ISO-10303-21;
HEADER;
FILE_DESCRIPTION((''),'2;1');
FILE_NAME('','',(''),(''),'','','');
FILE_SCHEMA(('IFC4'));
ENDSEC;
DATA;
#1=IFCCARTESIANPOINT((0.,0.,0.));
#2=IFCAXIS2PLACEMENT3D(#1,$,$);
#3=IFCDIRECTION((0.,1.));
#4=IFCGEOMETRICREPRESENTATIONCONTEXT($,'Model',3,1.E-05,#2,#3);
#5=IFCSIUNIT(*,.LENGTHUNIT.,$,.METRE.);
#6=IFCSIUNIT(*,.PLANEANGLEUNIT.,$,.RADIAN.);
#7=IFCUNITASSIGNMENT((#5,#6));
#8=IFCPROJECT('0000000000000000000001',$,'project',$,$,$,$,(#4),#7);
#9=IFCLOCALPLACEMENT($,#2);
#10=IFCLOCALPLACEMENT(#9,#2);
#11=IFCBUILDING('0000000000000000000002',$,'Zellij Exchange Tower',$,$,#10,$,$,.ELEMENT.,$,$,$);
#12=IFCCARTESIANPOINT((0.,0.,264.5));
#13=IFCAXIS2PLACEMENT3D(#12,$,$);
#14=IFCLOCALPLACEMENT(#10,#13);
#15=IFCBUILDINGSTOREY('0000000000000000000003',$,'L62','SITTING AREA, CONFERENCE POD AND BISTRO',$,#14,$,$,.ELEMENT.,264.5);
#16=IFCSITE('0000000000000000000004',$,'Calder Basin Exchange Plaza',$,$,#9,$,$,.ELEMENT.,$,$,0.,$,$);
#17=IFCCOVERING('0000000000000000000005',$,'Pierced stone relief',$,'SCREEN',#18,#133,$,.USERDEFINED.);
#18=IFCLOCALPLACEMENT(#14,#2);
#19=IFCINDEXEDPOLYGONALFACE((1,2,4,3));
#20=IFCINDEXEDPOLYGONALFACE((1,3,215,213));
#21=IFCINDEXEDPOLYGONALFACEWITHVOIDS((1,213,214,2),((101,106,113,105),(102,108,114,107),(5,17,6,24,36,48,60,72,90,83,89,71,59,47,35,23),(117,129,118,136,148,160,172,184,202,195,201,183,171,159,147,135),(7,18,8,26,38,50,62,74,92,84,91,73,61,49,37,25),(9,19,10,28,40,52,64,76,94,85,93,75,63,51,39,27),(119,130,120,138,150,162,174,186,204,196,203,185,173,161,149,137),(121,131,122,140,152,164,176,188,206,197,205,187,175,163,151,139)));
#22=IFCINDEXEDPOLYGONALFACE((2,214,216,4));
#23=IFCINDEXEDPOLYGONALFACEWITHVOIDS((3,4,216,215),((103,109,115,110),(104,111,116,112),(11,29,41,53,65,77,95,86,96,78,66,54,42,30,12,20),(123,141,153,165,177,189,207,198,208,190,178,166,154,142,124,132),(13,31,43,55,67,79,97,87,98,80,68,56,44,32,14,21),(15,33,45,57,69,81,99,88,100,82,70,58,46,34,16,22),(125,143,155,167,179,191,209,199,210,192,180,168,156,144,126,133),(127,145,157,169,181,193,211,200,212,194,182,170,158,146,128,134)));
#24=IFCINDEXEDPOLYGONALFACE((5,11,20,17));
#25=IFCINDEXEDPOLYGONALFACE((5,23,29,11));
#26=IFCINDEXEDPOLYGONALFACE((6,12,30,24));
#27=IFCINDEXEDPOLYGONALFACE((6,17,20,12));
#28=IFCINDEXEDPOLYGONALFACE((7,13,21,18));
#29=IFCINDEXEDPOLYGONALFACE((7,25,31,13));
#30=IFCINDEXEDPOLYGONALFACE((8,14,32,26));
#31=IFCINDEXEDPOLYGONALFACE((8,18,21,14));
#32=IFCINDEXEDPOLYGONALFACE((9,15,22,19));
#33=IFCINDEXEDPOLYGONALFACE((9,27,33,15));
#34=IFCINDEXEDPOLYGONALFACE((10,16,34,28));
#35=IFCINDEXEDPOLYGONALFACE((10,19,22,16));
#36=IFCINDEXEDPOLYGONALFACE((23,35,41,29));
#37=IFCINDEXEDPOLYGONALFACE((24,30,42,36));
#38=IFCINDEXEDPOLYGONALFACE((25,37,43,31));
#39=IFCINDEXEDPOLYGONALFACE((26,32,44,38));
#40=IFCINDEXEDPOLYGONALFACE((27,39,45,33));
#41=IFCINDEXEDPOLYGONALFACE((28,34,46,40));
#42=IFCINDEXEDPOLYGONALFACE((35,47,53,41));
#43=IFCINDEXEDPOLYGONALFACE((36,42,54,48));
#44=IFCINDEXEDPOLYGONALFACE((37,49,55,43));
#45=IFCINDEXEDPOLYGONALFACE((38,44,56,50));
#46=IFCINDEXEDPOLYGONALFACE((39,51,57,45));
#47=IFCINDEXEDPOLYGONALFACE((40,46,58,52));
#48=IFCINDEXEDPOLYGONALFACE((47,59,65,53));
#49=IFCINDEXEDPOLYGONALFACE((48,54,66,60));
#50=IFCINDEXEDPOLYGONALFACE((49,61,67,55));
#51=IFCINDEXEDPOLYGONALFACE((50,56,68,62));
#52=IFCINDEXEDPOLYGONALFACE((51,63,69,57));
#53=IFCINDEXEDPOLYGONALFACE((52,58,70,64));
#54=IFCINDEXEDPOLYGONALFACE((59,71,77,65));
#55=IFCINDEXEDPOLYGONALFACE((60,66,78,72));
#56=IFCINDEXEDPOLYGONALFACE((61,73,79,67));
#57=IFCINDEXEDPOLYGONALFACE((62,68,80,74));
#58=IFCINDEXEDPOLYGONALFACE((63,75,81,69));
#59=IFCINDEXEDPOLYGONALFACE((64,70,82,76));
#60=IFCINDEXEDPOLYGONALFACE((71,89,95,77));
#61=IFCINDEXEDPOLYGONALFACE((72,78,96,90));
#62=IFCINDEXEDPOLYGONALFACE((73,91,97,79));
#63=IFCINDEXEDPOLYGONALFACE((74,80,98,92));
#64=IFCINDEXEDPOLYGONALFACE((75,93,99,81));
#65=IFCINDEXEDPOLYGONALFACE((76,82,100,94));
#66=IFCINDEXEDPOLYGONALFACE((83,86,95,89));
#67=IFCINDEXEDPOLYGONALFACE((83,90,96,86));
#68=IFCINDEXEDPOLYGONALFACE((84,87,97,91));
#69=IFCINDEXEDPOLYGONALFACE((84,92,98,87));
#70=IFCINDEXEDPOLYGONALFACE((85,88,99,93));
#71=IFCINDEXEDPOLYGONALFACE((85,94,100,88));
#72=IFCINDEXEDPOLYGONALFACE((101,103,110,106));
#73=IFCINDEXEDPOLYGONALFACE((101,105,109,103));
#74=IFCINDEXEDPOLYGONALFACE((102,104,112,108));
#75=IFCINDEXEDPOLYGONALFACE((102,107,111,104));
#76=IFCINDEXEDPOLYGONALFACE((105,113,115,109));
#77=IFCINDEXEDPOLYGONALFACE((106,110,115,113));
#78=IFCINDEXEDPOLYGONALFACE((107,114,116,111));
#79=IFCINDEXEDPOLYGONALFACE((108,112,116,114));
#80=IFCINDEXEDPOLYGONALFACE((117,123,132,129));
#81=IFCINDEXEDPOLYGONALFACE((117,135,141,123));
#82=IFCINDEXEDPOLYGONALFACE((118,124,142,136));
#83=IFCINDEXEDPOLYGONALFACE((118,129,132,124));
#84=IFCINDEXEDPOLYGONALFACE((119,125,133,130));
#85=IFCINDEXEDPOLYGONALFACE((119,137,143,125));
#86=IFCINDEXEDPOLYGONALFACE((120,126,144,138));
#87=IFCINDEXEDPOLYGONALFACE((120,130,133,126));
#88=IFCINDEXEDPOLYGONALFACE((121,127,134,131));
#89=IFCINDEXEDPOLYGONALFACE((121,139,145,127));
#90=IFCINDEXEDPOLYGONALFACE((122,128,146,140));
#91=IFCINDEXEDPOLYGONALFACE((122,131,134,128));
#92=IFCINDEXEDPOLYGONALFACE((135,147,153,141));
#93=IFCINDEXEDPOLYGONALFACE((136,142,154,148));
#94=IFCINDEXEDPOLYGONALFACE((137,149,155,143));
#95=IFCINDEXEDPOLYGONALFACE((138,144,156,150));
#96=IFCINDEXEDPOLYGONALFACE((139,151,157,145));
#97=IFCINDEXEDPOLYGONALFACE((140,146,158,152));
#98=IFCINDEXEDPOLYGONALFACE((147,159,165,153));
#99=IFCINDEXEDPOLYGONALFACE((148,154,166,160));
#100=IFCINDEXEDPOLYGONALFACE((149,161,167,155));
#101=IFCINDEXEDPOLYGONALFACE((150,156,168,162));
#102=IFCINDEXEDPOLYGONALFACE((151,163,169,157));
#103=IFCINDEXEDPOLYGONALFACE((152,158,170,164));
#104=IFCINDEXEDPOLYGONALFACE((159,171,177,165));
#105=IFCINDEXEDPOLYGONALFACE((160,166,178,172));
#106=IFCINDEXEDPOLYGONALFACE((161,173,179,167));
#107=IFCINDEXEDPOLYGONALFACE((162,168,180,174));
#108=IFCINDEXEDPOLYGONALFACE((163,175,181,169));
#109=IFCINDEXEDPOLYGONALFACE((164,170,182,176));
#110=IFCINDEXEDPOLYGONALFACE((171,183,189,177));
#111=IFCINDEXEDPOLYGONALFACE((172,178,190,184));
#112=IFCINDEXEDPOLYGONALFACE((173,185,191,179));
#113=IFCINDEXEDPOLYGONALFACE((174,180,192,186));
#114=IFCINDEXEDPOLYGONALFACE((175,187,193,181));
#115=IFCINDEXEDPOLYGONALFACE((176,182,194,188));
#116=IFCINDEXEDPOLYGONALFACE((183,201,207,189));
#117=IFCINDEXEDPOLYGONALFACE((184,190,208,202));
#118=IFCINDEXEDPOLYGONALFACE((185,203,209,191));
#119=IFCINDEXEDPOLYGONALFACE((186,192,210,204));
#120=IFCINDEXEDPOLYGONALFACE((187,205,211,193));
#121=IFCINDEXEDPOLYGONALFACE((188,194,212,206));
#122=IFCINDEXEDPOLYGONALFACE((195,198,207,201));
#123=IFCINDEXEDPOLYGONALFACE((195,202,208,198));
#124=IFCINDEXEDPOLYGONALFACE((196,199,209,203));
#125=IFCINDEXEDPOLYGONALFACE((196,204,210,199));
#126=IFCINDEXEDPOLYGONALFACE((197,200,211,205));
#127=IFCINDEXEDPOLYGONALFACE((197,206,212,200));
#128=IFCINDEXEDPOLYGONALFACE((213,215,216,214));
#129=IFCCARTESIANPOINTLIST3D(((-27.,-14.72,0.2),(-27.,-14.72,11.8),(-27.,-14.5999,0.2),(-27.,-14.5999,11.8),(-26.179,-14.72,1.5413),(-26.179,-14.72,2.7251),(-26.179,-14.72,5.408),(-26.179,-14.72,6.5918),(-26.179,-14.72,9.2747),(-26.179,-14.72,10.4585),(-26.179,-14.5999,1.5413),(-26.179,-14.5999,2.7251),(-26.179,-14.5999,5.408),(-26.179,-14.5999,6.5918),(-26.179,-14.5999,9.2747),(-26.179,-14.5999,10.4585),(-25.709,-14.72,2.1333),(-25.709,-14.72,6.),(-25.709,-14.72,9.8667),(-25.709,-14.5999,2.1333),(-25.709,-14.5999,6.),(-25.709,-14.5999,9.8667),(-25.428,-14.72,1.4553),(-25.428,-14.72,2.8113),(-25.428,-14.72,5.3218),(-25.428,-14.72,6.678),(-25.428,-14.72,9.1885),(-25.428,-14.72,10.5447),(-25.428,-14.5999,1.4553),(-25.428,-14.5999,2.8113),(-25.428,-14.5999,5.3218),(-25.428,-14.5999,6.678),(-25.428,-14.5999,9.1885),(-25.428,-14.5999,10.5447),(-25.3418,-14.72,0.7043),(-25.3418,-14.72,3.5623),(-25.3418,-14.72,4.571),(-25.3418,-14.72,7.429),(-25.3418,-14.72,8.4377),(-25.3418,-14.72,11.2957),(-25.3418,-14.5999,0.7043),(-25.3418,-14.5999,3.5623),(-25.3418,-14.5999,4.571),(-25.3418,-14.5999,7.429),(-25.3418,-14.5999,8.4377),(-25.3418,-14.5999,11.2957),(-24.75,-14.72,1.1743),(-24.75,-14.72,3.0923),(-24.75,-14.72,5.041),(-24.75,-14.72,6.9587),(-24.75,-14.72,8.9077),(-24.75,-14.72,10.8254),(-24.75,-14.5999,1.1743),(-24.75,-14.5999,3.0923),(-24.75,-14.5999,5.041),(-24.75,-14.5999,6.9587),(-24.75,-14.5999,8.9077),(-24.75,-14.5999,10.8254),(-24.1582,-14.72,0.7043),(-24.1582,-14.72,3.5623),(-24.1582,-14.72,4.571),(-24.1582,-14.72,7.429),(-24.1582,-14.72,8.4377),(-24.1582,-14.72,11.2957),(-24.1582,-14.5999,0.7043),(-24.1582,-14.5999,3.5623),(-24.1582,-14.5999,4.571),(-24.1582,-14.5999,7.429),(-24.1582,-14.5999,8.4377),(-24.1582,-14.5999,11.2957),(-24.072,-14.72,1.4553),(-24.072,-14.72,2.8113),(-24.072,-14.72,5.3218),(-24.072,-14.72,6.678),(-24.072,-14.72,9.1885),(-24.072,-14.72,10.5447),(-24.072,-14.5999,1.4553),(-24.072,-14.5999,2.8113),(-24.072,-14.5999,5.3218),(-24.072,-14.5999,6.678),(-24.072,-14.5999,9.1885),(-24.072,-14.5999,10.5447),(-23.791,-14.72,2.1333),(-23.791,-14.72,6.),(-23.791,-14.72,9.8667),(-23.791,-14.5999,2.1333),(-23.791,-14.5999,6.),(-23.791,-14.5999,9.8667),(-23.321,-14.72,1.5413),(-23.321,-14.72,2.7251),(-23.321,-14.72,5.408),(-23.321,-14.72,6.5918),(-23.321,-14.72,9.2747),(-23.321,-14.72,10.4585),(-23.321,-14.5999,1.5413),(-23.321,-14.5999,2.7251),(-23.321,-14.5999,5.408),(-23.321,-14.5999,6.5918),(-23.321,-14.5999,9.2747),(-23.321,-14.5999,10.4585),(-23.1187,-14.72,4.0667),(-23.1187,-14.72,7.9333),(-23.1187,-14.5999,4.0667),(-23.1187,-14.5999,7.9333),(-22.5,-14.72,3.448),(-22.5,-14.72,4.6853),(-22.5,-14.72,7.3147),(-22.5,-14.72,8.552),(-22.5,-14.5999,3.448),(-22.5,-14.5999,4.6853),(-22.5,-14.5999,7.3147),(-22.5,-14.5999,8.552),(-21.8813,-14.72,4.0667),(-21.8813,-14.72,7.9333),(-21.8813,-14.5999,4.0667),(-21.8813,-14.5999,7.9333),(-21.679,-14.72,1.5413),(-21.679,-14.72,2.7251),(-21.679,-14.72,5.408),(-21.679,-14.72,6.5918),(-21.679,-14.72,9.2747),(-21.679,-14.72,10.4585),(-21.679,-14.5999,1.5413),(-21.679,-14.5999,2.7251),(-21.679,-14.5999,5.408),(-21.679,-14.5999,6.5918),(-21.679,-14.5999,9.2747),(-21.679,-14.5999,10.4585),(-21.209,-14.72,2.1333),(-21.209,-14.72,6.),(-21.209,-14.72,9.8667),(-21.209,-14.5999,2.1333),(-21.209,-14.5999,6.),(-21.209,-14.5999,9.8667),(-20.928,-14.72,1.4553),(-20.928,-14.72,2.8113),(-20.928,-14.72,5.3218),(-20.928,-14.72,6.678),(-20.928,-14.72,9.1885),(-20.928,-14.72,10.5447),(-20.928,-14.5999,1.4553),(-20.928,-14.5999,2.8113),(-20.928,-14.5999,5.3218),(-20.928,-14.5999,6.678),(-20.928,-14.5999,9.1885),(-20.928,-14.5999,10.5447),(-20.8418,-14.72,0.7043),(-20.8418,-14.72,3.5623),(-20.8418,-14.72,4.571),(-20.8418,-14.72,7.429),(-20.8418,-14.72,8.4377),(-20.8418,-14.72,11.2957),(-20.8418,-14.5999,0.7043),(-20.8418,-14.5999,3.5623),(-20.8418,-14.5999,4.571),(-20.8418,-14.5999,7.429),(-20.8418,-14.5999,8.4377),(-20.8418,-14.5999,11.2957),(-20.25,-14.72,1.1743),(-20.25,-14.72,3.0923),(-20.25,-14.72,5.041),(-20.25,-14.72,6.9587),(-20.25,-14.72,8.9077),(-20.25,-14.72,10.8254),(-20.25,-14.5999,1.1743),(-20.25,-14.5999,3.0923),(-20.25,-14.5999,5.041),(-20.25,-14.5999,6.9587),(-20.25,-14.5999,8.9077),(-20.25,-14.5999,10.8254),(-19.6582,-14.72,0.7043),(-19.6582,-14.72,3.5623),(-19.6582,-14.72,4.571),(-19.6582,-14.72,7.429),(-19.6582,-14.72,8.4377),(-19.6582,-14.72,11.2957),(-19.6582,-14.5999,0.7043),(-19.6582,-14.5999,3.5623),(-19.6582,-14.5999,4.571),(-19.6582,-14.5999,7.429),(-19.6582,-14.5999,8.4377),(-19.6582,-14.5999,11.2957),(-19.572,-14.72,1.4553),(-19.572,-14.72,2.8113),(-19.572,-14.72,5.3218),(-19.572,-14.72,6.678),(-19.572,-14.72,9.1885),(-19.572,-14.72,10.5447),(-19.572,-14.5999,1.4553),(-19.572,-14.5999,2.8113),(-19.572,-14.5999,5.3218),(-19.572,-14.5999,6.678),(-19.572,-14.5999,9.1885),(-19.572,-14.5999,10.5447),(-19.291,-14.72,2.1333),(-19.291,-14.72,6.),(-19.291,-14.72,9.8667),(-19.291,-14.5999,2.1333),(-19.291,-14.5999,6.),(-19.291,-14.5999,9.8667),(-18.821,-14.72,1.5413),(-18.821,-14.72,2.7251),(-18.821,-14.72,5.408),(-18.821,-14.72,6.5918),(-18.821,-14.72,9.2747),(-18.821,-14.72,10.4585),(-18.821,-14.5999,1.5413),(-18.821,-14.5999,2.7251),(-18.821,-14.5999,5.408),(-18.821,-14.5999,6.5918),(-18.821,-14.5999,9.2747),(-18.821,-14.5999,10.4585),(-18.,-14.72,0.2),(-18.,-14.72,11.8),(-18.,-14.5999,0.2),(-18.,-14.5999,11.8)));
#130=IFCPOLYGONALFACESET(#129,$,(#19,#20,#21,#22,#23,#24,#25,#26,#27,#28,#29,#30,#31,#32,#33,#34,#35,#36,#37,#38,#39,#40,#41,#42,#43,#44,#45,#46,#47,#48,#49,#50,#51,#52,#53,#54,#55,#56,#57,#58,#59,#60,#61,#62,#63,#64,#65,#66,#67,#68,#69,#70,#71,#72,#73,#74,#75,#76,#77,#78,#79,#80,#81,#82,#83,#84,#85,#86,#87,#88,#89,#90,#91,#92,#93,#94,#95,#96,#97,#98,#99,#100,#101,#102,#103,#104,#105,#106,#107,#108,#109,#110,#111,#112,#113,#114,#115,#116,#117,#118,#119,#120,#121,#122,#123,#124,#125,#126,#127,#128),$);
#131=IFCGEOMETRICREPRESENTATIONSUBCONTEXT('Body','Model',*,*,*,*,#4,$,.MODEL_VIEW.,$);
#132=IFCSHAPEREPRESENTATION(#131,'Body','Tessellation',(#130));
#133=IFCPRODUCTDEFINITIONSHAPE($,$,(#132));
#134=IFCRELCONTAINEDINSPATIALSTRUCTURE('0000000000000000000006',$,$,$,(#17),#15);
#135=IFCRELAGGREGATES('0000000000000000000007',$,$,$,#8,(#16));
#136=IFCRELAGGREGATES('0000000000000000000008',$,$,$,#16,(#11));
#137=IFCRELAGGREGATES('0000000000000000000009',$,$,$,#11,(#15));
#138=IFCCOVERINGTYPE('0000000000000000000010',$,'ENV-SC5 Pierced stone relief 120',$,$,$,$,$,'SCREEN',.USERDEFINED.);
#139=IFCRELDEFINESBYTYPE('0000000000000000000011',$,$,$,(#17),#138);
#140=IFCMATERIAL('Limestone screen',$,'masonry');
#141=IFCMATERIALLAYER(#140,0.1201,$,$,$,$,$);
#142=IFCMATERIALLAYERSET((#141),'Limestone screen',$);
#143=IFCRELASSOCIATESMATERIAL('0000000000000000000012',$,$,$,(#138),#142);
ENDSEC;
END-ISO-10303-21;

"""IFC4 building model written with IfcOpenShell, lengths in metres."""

from ifc_helpers import new_model, si_unit, direction, frame, origin, place, context, subcontext, project, spatial, polyline, outline, extrude, material, layer, layer_set, type_object, element, save


model = new_model("IFC4")

# Units and contexts
model_context = context("Model", 3, precision=1e-05, world=origin(), true_north=direction((0.0, 1.0)))
body_context = subcontext(model_context, "Body", "Model", "MODEL_VIEW")
ifc_project = project(units=[si_unit("LENGTHUNIT", "METRE"), si_unit("PLANEANGLEUNIT", "RADIAN")], contexts=[model_context])

# Site, building, storey
site_placement = place(None, origin())
site = spatial("IfcSite", under=ifc_project, at=site_placement, Name="Calder Basin Exchange Plaza", CompositionType="ELEMENT", RefElevation=0.0)
building_placement = place(site_placement, origin())
building = spatial("IfcBuilding", under=site, at=building_placement, Name="Zellij Exchange Tower", CompositionType="ELEMENT")
storey_placement = place(building_placement, frame((0.0, 0.0, 264.5)))
storey = spatial("IfcBuildingStorey", under=building, at=storey_placement, Name="L62", Description="SITTING AREA, CONFERENCE POD AND BISTRO", CompositionType="ELEMENT", Elevation=264.5)

# Covering
ifc_material_1 = material(Name="Limestone screen", Category="masonry")
ifc_layer_1 = layer(ifc_material_1, 0.1201)
ifc_layer_set_1 = layer_set([ifc_layer_1], Name="Limestone screen")
covering_type_1 = type_object("IfcCoveringType", Name="ENV-SC5 Pierced stone relief 120", ElementType="SCREEN", PredefinedType="USERDEFINED", material=ifc_layer_set_1)
covering_1_placement = place(storey_placement, frame((-27.0, -14.6599, 0.2), z_axis=(0.0, 0.0, 1.0), x_axis=(1.0, 0.0, 0.0)))
element("IfcCovering", 1, at=covering_1_placement, inside=storey, type_object=covering_type_1, Name="Pierced stone relief", ObjectType="SCREEN", PredefinedType="USERDEFINED", context=body_context, shape_type="SweptSolid", body=[
    extrude(outline(polyline([(0.0, 0.0), (9.0, 0.0), (9.0, 11.6001), (0.0, 11.6001), (0.0, 0.0)]), holes=[polyline([(3.679, 2.5251), (2.928, 2.6113), (2.8418, 3.3623), (2.25, 2.8923), (1.6582, 3.3623), (1.572, 2.6113), (0.821, 2.5251), (1.291, 1.9333), (0.821, 1.3413), (1.572, 1.2554), (1.6582, 0.5044), (2.25, 0.9744), (2.8418, 0.5044), (2.928, 1.2554), (3.679, 1.3413), (3.209, 1.9333), (3.679, 2.5251)]), polyline([(3.679, 6.3918), (2.928, 6.478), (2.8418, 7.229), (2.25, 6.7588), (1.6582, 7.229), (1.572, 6.478), (0.821, 6.3918), (1.291, 5.8), (0.821, 5.208), (1.572, 5.1218), (1.6582, 4.3711), (2.25, 4.8411), (2.8418, 4.3711), (2.928, 5.1218), (3.679, 5.208), (3.209, 5.8), (3.679, 6.3918)]), polyline([(3.679, 10.2585), (2.928, 10.3447), (2.8418, 11.0957), (2.25, 10.6255), (1.6582, 11.0957), (1.572, 10.3447), (0.821, 10.2585), (1.291, 9.6667), (0.821, 9.0747), (1.572, 8.9885), (1.6582, 8.2378), (2.25, 8.7078), (2.8418, 8.2378), (2.928, 8.9885), (3.679, 9.0747), (3.209, 9.6667), (3.679, 10.2585)]), polyline([(8.179, 2.5251), (7.428, 2.6113), (7.3418, 3.3623), (6.75, 2.8923), (6.1582, 3.3623), (6.072, 2.6113), (5.321, 2.5251), (5.791, 1.9333), (5.321, 1.3413), (6.072, 1.2554), (6.1582, 0.5044), (6.75, 0.9744), (7.3418, 0.5044), (7.428, 1.2554), (8.179, 1.3413), (7.709, 1.9333), (8.179, 2.5251)]), polyline([(8.179, 6.3918), (7.428, 6.478), (7.3418, 7.229), (6.75, 6.7588), (6.1582, 7.229), (6.072, 6.478), (5.321, 6.3918), (5.791, 5.8), (5.321, 5.208), (6.072, 5.1218), (6.1582, 4.3711), (6.75, 4.8411), (7.3418, 4.3711), (7.428, 5.1218), (8.179, 5.208), (7.709, 5.8), (8.179, 6.3918)]), polyline([(8.179, 10.2585), (7.428, 10.3447), (7.3418, 11.0957), (6.75, 10.6255), (6.1582, 11.0957), (6.072, 10.3447), (5.321, 10.2585), (5.791, 9.6667), (5.321, 9.0747), (6.072, 8.9885), (6.1582, 8.2378), (6.75, 8.7078), (7.3418, 8.2378), (7.428, 8.9885), (8.179, 9.0747), (7.709, 9.6667), (8.179, 10.2585)]), polyline([(5.1187, 3.8667), (4.5, 4.4854), (3.8813, 3.8667), (4.5, 3.248), (5.1187, 3.8667)]), polyline([(5.1187, 7.7334), (4.5, 8.3521), (3.8813, 7.7334), (4.5, 7.1147), (5.1187, 7.7334)])]), frame((0.0, 0.0601, 0.0), z_axis=(0.0, -1.0, 0.0), x_axis=(1.0, 0.0, 0.0)), (0.0, 0.0, 1.0), 0.1201),
])

save(model, "model.ifc")
